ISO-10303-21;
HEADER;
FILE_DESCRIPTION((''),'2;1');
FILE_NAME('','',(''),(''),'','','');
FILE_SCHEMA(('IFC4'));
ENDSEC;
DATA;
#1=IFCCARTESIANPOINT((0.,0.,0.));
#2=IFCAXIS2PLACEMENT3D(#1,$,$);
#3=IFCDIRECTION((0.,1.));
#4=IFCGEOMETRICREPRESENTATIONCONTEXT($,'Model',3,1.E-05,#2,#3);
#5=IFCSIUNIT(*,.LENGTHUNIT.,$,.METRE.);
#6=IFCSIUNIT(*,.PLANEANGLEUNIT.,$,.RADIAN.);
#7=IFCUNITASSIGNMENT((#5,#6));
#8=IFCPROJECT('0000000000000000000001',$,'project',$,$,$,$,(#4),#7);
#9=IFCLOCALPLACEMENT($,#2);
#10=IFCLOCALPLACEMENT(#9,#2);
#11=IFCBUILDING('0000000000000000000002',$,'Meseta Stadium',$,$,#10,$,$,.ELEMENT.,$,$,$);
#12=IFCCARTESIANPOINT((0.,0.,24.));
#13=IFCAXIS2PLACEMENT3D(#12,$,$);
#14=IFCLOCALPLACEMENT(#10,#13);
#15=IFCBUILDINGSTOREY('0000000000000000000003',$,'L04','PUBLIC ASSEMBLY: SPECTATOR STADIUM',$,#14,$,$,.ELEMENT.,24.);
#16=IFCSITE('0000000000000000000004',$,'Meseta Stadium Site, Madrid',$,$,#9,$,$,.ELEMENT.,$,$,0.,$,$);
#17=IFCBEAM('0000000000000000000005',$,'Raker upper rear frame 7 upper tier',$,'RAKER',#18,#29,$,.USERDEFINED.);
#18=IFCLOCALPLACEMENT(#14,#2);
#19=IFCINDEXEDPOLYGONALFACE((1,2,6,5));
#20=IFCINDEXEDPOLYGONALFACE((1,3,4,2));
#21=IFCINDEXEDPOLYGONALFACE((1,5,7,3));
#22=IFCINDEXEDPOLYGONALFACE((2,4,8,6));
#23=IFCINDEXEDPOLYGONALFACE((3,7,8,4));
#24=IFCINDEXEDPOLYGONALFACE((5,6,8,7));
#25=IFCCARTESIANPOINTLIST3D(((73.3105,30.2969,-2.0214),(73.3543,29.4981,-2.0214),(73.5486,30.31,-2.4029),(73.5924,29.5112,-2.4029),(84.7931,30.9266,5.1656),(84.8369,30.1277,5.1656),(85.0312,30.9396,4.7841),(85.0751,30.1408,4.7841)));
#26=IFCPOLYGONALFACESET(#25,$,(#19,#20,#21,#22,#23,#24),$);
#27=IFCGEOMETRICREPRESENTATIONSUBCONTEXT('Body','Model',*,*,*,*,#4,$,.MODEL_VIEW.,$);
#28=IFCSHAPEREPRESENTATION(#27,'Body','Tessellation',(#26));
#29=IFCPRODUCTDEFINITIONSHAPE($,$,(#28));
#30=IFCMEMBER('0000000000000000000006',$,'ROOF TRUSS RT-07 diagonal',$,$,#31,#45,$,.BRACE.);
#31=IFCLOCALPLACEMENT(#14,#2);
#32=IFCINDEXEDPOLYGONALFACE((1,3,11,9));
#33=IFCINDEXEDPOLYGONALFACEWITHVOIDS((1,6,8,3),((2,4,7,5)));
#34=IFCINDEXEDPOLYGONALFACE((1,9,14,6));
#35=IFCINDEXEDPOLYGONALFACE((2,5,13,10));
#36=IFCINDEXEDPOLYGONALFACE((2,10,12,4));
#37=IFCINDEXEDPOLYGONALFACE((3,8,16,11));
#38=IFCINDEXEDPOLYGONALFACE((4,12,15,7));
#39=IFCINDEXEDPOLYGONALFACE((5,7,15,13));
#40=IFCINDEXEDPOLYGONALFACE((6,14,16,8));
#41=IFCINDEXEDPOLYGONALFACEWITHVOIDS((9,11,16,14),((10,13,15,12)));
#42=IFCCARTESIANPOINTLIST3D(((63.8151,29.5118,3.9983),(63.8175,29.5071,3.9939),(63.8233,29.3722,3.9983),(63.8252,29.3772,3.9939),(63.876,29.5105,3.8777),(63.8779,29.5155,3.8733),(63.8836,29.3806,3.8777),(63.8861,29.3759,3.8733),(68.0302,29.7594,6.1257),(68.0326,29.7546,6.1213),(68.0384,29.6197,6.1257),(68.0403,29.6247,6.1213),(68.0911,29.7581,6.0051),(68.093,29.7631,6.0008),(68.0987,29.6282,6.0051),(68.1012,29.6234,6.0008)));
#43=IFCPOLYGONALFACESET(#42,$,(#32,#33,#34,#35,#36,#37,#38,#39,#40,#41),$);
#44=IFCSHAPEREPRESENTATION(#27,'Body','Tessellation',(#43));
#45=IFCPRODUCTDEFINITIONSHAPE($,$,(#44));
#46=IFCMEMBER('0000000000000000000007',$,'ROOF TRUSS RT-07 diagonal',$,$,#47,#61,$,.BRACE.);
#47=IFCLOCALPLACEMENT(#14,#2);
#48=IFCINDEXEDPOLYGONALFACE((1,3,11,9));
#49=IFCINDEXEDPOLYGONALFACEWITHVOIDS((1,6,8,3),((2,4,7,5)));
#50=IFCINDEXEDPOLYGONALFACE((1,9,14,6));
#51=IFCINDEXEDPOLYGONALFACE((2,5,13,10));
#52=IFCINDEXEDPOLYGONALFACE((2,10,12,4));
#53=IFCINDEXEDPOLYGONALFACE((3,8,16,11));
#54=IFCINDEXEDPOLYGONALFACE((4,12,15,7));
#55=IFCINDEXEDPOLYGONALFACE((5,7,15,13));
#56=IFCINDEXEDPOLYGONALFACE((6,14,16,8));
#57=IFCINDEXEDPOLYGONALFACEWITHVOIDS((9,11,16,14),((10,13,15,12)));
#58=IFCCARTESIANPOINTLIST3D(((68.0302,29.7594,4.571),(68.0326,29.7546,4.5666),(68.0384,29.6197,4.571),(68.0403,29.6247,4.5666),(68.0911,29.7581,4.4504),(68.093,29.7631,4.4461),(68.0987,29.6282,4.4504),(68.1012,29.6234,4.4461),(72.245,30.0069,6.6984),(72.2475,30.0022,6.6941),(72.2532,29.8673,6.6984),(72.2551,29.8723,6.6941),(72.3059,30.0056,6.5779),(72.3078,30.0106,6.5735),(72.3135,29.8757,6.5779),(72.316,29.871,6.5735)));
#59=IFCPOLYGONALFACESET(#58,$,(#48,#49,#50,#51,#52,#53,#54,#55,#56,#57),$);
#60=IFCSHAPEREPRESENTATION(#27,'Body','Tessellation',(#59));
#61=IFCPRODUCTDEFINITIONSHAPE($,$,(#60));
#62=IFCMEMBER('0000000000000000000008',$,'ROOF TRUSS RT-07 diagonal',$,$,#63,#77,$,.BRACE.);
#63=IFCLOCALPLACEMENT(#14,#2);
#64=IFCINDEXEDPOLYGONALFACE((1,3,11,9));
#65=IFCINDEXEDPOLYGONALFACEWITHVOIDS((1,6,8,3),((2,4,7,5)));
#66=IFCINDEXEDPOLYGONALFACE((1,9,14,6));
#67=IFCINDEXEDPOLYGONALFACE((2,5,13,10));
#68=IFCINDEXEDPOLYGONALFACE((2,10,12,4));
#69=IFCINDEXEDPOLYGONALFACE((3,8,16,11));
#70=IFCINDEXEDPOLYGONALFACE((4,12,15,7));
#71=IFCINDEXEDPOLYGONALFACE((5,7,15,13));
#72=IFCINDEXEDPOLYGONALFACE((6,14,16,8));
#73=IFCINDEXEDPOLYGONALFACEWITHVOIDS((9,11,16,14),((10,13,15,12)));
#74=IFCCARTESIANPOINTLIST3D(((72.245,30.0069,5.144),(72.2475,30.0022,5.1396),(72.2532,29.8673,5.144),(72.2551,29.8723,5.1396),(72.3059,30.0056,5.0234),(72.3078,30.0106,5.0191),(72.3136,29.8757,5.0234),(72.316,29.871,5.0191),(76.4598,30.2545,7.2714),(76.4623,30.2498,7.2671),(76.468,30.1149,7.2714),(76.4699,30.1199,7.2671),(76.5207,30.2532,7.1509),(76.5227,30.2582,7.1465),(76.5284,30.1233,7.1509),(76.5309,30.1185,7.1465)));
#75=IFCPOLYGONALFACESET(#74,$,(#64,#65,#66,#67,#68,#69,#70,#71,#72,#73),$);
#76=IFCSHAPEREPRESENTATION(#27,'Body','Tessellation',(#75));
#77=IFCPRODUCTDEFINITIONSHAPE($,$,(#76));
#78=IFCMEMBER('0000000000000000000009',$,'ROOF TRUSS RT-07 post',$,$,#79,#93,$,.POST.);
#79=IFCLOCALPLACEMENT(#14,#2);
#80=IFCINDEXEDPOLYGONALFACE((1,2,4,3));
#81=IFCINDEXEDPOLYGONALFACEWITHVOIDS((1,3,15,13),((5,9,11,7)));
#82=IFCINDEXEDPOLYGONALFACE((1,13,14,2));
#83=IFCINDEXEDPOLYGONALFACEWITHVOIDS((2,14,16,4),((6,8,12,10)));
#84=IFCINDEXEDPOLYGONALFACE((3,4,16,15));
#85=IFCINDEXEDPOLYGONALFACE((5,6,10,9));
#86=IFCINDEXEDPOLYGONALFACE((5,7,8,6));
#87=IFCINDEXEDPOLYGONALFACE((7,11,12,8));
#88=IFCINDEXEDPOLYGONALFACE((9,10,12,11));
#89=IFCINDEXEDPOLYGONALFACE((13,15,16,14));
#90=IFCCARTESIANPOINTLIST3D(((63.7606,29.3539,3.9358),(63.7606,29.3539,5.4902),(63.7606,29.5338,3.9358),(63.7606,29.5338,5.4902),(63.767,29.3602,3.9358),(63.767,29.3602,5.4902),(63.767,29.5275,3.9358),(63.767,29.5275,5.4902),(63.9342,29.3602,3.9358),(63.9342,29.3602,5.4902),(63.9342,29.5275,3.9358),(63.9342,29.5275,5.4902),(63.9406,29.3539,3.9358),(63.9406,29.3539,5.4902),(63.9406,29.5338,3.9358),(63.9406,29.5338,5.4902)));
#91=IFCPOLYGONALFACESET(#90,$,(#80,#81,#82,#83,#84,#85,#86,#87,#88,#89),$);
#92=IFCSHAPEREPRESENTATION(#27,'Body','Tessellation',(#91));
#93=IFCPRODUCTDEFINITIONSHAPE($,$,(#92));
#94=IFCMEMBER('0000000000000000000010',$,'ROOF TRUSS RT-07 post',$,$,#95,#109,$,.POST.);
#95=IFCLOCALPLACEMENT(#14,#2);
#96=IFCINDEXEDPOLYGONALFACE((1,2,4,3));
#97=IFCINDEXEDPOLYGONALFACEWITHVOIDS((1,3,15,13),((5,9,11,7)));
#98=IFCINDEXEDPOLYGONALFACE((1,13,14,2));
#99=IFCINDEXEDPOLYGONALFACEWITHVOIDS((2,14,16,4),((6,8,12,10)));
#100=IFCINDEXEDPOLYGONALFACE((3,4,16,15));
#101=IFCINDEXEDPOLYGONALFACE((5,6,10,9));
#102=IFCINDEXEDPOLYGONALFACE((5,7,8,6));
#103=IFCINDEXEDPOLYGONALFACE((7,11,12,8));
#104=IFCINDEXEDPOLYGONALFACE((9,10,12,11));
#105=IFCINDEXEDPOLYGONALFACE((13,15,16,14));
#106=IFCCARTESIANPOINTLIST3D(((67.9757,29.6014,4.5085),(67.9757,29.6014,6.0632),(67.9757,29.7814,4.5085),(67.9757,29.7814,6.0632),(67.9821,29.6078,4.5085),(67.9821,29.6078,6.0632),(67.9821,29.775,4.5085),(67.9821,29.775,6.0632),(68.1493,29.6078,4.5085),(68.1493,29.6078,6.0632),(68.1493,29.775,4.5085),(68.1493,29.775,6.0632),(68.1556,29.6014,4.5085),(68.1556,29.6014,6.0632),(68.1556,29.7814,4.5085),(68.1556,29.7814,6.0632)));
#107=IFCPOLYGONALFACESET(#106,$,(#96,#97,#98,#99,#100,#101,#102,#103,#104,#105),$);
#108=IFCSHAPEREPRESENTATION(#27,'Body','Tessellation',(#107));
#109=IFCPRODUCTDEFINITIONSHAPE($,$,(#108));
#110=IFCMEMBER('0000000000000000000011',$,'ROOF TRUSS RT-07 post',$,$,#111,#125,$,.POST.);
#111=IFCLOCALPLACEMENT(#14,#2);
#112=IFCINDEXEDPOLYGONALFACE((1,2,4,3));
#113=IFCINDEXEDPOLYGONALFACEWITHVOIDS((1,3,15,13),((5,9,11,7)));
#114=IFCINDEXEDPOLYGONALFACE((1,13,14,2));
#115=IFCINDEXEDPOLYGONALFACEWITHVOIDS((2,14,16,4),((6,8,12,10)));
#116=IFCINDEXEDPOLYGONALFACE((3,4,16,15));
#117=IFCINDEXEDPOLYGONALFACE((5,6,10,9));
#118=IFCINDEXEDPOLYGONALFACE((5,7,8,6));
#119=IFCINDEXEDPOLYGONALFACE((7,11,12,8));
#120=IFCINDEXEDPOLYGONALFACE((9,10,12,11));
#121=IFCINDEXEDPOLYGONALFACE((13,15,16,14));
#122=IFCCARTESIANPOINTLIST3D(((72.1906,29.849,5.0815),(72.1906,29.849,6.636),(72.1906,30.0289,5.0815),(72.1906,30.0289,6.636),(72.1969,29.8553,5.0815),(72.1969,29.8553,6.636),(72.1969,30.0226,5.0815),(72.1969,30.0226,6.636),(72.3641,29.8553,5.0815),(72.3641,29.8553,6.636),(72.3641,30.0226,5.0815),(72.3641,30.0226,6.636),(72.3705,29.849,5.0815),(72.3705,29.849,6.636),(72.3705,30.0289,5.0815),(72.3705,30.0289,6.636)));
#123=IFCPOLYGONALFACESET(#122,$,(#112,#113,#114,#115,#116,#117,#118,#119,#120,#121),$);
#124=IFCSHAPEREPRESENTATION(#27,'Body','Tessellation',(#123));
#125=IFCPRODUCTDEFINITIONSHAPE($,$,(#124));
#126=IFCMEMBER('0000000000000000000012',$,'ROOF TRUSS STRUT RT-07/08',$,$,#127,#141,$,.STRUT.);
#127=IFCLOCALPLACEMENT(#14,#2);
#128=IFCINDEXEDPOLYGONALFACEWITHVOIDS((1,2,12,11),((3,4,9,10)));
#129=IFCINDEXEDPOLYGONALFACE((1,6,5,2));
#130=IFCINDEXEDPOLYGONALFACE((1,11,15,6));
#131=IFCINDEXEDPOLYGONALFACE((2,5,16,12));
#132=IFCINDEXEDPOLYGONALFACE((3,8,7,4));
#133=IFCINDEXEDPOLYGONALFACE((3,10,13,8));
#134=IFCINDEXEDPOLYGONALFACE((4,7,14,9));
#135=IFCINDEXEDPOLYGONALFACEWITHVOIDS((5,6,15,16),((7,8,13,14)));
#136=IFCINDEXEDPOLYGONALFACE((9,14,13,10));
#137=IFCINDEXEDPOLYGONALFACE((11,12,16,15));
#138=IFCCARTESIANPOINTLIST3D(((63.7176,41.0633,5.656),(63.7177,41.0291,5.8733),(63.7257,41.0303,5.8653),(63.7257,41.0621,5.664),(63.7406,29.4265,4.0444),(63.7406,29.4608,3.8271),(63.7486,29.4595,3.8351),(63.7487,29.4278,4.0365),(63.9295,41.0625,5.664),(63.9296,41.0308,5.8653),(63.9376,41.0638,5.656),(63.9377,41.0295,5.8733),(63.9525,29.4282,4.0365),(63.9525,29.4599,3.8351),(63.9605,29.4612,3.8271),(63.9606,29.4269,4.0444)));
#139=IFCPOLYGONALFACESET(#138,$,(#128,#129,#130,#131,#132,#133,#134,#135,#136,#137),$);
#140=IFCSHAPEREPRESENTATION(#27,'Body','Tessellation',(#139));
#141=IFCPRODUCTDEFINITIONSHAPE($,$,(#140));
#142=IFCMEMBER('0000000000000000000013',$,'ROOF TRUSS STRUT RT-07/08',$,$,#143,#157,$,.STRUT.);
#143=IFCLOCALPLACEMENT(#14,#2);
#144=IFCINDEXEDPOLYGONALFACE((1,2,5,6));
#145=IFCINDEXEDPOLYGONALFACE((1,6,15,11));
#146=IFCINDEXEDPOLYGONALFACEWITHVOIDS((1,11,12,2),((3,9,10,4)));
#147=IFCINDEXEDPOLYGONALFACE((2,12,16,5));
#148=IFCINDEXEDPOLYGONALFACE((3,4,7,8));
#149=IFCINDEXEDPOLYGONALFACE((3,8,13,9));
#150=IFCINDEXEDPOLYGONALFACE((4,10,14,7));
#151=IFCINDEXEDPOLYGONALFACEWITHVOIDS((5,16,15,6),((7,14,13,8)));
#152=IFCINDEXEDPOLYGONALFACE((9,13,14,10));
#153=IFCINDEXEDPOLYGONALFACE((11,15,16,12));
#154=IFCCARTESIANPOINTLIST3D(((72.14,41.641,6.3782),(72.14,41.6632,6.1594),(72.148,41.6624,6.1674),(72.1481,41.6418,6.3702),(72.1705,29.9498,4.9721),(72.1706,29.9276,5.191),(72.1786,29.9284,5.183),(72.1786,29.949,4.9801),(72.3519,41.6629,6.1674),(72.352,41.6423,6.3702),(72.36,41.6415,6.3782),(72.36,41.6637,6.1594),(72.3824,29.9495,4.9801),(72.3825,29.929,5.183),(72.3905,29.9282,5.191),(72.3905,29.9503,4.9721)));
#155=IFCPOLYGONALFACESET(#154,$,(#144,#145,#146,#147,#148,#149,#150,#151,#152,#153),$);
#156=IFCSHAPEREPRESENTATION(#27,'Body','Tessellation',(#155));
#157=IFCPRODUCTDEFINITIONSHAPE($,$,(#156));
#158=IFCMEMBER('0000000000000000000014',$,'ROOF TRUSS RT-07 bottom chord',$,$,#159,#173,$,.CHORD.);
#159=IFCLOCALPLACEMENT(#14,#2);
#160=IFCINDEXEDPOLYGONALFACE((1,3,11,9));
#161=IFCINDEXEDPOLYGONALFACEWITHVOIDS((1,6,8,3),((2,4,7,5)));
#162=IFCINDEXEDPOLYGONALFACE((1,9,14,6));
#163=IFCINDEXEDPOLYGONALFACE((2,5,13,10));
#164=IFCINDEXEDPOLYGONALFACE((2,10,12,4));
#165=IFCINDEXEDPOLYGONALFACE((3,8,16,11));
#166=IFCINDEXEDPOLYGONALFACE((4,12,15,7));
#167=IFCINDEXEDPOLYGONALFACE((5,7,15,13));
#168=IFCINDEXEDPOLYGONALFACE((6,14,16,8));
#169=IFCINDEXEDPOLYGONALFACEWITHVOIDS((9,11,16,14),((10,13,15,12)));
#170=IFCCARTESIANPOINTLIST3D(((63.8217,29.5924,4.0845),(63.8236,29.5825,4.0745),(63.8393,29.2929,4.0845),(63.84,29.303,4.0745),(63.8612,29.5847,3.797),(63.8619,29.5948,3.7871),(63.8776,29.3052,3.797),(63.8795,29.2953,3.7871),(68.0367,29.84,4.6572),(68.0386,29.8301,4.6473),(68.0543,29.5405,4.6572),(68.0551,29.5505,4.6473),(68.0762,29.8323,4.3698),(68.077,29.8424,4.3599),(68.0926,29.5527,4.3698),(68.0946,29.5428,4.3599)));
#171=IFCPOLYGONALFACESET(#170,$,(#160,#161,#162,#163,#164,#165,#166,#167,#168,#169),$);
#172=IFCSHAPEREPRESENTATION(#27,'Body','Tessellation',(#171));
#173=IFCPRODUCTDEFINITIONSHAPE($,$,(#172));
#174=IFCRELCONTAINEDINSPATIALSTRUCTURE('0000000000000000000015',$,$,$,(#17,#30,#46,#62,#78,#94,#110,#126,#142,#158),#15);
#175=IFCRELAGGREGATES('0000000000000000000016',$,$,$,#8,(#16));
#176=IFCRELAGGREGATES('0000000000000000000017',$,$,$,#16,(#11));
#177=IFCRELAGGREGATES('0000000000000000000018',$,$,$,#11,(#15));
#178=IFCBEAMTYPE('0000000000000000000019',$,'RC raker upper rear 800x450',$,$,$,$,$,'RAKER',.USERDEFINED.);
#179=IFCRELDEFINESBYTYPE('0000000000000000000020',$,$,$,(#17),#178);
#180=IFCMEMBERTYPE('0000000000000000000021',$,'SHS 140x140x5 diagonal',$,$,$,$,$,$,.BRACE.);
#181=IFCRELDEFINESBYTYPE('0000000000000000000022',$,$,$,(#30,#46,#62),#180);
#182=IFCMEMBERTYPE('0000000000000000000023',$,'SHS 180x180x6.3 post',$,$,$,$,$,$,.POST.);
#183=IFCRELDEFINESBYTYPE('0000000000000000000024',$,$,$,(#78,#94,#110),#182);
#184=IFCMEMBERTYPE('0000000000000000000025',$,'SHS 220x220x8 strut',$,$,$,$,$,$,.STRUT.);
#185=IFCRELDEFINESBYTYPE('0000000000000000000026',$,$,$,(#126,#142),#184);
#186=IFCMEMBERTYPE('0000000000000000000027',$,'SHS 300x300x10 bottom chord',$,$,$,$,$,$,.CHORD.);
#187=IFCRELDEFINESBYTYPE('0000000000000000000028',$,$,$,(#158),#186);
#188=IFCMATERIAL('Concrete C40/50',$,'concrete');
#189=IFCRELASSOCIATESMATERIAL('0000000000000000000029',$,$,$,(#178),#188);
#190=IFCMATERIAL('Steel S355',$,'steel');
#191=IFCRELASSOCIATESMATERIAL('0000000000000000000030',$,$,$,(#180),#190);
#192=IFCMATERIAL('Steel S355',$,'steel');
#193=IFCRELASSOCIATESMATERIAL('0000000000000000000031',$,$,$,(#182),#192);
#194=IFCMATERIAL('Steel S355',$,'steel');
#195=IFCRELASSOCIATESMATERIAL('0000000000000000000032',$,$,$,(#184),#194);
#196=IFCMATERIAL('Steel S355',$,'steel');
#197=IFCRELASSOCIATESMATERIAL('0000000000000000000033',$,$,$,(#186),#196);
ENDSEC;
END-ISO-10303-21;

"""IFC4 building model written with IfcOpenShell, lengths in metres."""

from ifc_helpers import new_model, si_unit, direction, frame, origin, origin_2d, place, context, subcontext, project, spatial, rectangle, hollow_rectangle, extrude, material, material_profile, profile_set, type_object, element, save


model = new_model("IFC4")

# Units and contexts
model_context = context("Model", 3, precision=1e-05, world=origin(), true_north=direction((0.0, 1.0)))
body_context = subcontext(model_context, "Body", "Model", "MODEL_VIEW")
ifc_project = project(units=[si_unit("LENGTHUNIT", "METRE"), si_unit("PLANEANGLEUNIT", "RADIAN")], contexts=[model_context])

# Site, building, storey
site_placement = place(None, origin())
site = spatial("IfcSite", under=ifc_project, at=site_placement, Name="Meseta Stadium Site, Madrid", CompositionType="ELEMENT", RefElevation=0.0)
building_placement = place(site_placement, origin())
building = spatial("IfcBuilding", under=site, at=building_placement, Name="Meseta Stadium", CompositionType="ELEMENT")
storey_placement = place(building_placement, frame((0.0, 0.0, 24.0)))
storey = spatial("IfcBuildingStorey", under=building, at=storey_placement, Name="L04", Description="PUBLIC ASSEMBLY: SPECTATOR STADIUM", CompositionType="ELEMENT", Elevation=24.0)

# Beam
ifc_material_1 = material(Name="Concrete C40/50", Category="concrete")
ifc_material_profile_1 = material_profile(ifc_material_1, rectangle(XDim=0.8, YDim=0.45, at=origin_2d()), Name="RC 800x450")
ifc_profile_set_1 = profile_set([ifc_material_profile_1], Name="Concrete C40/50")
beam_type = type_object("IfcBeamType", Name="RC raker upper rear 800x450", ElementType="RAKER", PredefinedType="USERDEFINED", material=ifc_profile_set_1)
beam_placement = place(storey_placement, frame((73.4514, 29.9041, -2.2122), z_axis=(0.846741, 0.04643, 0.529976), x_axis=(-0.054752, 0.9985, 0.0)))
element("IfcBeam", 1, at=beam_placement, inside=storey, type_object=beam_type, Name="Raker upper rear frame 7 upper tier", ObjectType="RAKER", PredefinedType="USERDEFINED", context=body_context, shape_type="SweptSolid", body=[
    extrude(rectangle(XDim=0.8, YDim=0.45, at=origin_2d()), origin(), (0.0, 0.0, 1.0), 13.561),
])

# Members
ifc_material_2 = material(Name="Steel S355", Category="steel")
ifc_material_profile_2 = material_profile(ifc_material_2, hollow_rectangle(XDim=0.1399, YDim=0.1399, WallThickness=0.0049, at=origin_2d()), Name="SHS 140x140x5")
ifc_profile_set_2 = profile_set([ifc_material_profile_2], Name="Steel S355")
member_type_1 = type_object("IfcMemberType", Name="SHS 140x140x5 diagonal", PredefinedType="BRACE", material=ifc_profile_set_2)
member_1_placement = place(storey_placement, frame((63.8506, 29.4438, 3.9358), z_axis=(0.891511, 0.05236, 0.449964), x_axis=(-0.058631, 0.99828, 0.0)))
element("IfcMember", 2, at=member_1_placement, inside=storey, type_object=member_type_1, Name="ROOF TRUSS RT-07 diagonal", PredefinedType="BRACE", context=body_context, shape_type="SweptSolid", body=[
    extrude(hollow_rectangle(XDim=0.1399, YDim=0.1399, WallThickness=0.0049, at=origin_2d()), origin(), (0.0, 0.0, 1.0), 4.728),
])
for number, where, z_axis, x_axis, name in (
    (3, (68.0657, 29.6914, 4.5085), (0.8915, 0.052362, 0.449984), (-0.058634, 0.99828, 0.0), "ROOF TRUSS RT-07 diagonal"),
    (4, (72.2805, 29.939, 5.0815), (0.8915, 0.052362, 0.449984), (-0.058634, 0.99828, 0.0), "ROOF TRUSS RT-07 diagonal"),
):
    element("IfcMember", number, at=place(storey_placement, frame(where, z_axis=z_axis, x_axis=x_axis)), inside=storey, type_object=member_type_1, Name=name, PredefinedType="BRACE", context=body_context, shape_type="SweptSolid", body=[
        extrude(hollow_rectangle(XDim=0.1399, YDim=0.1399, WallThickness=0.0049, at=origin_2d()), origin(), (0.0, 0.0, 1.0), 4.7278),
    ])
ifc_material_3 = material(Name="Steel S355", Category="steel")
ifc_material_profile_3 = material_profile(ifc_material_3, hollow_rectangle(XDim=0.1799, YDim=0.1799, WallThickness=0.0063, at=origin_2d()), Name="SHS 180x180x6.3")
ifc_profile_set_3 = profile_set([ifc_material_profile_3], Name="Steel S355")
member_type_2 = type_object("IfcMemberType", Name="SHS 180x180x6.3 post", PredefinedType="POST", material=ifc_profile_set_3)
member_2_placement = place(storey_placement, frame((63.8506, 29.4438, 3.9358), z_axis=(0.0, 0.0, 1.0), x_axis=(1.0, 0.0, 0.0)))
element("IfcMember", 5, at=member_2_placement, inside=storey, type_object=member_type_2, Name="ROOF TRUSS RT-07 post", PredefinedType="POST", context=body_context, shape_type="SweptSolid", body=[
    extrude(hollow_rectangle(XDim=0.1799, YDim=0.1799, WallThickness=0.0063, at=origin_2d()), origin(), (0.0, 0.0, 1.0), 1.5544),
])
member_3_placement = place(storey_placement, frame((68.0657, 29.6914, 4.5085), z_axis=(0.0, 0.0, 1.0), x_axis=(1.0, 0.0, 0.0)))
element("IfcMember", 6, at=member_3_placement, inside=storey, type_object=member_type_2, Name="ROOF TRUSS RT-07 post", PredefinedType="POST", context=body_context, shape_type="SweptSolid", body=[
    extrude(hollow_rectangle(XDim=0.1799, YDim=0.1799, WallThickness=0.0063, at=origin_2d()), origin(), (0.0, 0.0, 1.0), 1.5547),
])
member_4_placement = place(storey_placement, frame((72.2805, 29.939, 5.0815), z_axis=(0.0, 0.0, 1.0), x_axis=(1.0, 0.0, 0.0)))
element("IfcMember", 7, at=member_4_placement, inside=storey, type_object=member_type_2, Name="ROOF TRUSS RT-07 post", PredefinedType="POST", context=body_context, shape_type="SweptSolid", body=[
    extrude(hollow_rectangle(XDim=0.1799, YDim=0.1799, WallThickness=0.0063, at=origin_2d()), origin(), (0.0, 0.0, 1.0), 1.5544),
])
ifc_material_4 = material(Name="Steel S355", Category="steel")
ifc_material_profile_4 = material_profile(ifc_material_4, hollow_rectangle(XDim=0.22, YDim=0.22, WallThickness=0.0081, at=origin_2d()), Name="SHS 220x220x8")
ifc_profile_set_4 = profile_set([ifc_material_profile_4], Name="Steel S355")
member_type_3 = type_object("IfcMemberType", Name="SHS 220x220x8 strut", PredefinedType="STRUT", material=ifc_profile_set_4)
member_5_placement = place(storey_placement, frame((63.8506, 29.4438, 3.9358), z_axis=(-0.001954, 0.987802, 0.155703), x_axis=(-0.999998, -0.001978, 0.0)))
element("IfcMember", 8, at=member_5_placement, inside=storey, type_object=member_type_3, Name="ROOF TRUSS STRUT RT-07/08", PredefinedType="STRUT", context=body_context, shape_type="SweptSolid", body=[
    extrude(hollow_rectangle(XDim=0.22, YDim=0.22, WallThickness=0.0081, at=origin_2d()), origin(), (0.0, 0.0, 1.0), 11.7458),
])
member_6_placement = place(storey_placement, frame((72.2805, 29.939, 5.0815), z_axis=(-0.002592, 0.994899, 0.100842), x_axis=(-0.999997, -0.002605, 0.0)))
element("IfcMember", 9, at=member_6_placement, inside=storey, type_object=member_type_3, Name="ROOF TRUSS STRUT RT-07/08", PredefinedType="STRUT", context=body_context, shape_type="SweptSolid", body=[
    extrude(hollow_rectangle(XDim=0.22, YDim=0.22, WallThickness=0.0081, at=origin_2d()), origin(), (0.0, 0.0, 1.0), 11.7734),
])
ifc_material_5 = material(Name="Steel S355", Category="steel")
ifc_material_profile_5 = material_profile(ifc_material_5, hollow_rectangle(XDim=0.3, YDim=0.3, WallThickness=0.01, at=origin_2d()), Name="SHS 300x300x10")
ifc_profile_set_5 = profile_set([ifc_material_profile_5], Name="Steel S355")
member_type_4 = type_object("IfcMemberType", Name="SHS 300x300x10 bottom chord", PredefinedType="CHORD", material=ifc_profile_set_5)
member_7_placement = place(storey_placement, frame((63.8506, 29.4438, 3.9358), z_axis=(0.98922, 0.058098, 0.134417), x_axis=(-0.058631, 0.99828, 0.0)))
element("IfcMember", 10, at=member_7_placement, inside=storey, type_object=member_type_4, Name="ROOF TRUSS RT-07 bottom chord", PredefinedType="CHORD", context=body_context, shape_type="SweptSolid", body=[
    extrude(hollow_rectangle(XDim=0.3, YDim=0.3, WallThickness=0.01, at=origin_2d()), origin(), (0.0, 0.0, 1.0), 4.261),
])

save(model, "model.ifc")
